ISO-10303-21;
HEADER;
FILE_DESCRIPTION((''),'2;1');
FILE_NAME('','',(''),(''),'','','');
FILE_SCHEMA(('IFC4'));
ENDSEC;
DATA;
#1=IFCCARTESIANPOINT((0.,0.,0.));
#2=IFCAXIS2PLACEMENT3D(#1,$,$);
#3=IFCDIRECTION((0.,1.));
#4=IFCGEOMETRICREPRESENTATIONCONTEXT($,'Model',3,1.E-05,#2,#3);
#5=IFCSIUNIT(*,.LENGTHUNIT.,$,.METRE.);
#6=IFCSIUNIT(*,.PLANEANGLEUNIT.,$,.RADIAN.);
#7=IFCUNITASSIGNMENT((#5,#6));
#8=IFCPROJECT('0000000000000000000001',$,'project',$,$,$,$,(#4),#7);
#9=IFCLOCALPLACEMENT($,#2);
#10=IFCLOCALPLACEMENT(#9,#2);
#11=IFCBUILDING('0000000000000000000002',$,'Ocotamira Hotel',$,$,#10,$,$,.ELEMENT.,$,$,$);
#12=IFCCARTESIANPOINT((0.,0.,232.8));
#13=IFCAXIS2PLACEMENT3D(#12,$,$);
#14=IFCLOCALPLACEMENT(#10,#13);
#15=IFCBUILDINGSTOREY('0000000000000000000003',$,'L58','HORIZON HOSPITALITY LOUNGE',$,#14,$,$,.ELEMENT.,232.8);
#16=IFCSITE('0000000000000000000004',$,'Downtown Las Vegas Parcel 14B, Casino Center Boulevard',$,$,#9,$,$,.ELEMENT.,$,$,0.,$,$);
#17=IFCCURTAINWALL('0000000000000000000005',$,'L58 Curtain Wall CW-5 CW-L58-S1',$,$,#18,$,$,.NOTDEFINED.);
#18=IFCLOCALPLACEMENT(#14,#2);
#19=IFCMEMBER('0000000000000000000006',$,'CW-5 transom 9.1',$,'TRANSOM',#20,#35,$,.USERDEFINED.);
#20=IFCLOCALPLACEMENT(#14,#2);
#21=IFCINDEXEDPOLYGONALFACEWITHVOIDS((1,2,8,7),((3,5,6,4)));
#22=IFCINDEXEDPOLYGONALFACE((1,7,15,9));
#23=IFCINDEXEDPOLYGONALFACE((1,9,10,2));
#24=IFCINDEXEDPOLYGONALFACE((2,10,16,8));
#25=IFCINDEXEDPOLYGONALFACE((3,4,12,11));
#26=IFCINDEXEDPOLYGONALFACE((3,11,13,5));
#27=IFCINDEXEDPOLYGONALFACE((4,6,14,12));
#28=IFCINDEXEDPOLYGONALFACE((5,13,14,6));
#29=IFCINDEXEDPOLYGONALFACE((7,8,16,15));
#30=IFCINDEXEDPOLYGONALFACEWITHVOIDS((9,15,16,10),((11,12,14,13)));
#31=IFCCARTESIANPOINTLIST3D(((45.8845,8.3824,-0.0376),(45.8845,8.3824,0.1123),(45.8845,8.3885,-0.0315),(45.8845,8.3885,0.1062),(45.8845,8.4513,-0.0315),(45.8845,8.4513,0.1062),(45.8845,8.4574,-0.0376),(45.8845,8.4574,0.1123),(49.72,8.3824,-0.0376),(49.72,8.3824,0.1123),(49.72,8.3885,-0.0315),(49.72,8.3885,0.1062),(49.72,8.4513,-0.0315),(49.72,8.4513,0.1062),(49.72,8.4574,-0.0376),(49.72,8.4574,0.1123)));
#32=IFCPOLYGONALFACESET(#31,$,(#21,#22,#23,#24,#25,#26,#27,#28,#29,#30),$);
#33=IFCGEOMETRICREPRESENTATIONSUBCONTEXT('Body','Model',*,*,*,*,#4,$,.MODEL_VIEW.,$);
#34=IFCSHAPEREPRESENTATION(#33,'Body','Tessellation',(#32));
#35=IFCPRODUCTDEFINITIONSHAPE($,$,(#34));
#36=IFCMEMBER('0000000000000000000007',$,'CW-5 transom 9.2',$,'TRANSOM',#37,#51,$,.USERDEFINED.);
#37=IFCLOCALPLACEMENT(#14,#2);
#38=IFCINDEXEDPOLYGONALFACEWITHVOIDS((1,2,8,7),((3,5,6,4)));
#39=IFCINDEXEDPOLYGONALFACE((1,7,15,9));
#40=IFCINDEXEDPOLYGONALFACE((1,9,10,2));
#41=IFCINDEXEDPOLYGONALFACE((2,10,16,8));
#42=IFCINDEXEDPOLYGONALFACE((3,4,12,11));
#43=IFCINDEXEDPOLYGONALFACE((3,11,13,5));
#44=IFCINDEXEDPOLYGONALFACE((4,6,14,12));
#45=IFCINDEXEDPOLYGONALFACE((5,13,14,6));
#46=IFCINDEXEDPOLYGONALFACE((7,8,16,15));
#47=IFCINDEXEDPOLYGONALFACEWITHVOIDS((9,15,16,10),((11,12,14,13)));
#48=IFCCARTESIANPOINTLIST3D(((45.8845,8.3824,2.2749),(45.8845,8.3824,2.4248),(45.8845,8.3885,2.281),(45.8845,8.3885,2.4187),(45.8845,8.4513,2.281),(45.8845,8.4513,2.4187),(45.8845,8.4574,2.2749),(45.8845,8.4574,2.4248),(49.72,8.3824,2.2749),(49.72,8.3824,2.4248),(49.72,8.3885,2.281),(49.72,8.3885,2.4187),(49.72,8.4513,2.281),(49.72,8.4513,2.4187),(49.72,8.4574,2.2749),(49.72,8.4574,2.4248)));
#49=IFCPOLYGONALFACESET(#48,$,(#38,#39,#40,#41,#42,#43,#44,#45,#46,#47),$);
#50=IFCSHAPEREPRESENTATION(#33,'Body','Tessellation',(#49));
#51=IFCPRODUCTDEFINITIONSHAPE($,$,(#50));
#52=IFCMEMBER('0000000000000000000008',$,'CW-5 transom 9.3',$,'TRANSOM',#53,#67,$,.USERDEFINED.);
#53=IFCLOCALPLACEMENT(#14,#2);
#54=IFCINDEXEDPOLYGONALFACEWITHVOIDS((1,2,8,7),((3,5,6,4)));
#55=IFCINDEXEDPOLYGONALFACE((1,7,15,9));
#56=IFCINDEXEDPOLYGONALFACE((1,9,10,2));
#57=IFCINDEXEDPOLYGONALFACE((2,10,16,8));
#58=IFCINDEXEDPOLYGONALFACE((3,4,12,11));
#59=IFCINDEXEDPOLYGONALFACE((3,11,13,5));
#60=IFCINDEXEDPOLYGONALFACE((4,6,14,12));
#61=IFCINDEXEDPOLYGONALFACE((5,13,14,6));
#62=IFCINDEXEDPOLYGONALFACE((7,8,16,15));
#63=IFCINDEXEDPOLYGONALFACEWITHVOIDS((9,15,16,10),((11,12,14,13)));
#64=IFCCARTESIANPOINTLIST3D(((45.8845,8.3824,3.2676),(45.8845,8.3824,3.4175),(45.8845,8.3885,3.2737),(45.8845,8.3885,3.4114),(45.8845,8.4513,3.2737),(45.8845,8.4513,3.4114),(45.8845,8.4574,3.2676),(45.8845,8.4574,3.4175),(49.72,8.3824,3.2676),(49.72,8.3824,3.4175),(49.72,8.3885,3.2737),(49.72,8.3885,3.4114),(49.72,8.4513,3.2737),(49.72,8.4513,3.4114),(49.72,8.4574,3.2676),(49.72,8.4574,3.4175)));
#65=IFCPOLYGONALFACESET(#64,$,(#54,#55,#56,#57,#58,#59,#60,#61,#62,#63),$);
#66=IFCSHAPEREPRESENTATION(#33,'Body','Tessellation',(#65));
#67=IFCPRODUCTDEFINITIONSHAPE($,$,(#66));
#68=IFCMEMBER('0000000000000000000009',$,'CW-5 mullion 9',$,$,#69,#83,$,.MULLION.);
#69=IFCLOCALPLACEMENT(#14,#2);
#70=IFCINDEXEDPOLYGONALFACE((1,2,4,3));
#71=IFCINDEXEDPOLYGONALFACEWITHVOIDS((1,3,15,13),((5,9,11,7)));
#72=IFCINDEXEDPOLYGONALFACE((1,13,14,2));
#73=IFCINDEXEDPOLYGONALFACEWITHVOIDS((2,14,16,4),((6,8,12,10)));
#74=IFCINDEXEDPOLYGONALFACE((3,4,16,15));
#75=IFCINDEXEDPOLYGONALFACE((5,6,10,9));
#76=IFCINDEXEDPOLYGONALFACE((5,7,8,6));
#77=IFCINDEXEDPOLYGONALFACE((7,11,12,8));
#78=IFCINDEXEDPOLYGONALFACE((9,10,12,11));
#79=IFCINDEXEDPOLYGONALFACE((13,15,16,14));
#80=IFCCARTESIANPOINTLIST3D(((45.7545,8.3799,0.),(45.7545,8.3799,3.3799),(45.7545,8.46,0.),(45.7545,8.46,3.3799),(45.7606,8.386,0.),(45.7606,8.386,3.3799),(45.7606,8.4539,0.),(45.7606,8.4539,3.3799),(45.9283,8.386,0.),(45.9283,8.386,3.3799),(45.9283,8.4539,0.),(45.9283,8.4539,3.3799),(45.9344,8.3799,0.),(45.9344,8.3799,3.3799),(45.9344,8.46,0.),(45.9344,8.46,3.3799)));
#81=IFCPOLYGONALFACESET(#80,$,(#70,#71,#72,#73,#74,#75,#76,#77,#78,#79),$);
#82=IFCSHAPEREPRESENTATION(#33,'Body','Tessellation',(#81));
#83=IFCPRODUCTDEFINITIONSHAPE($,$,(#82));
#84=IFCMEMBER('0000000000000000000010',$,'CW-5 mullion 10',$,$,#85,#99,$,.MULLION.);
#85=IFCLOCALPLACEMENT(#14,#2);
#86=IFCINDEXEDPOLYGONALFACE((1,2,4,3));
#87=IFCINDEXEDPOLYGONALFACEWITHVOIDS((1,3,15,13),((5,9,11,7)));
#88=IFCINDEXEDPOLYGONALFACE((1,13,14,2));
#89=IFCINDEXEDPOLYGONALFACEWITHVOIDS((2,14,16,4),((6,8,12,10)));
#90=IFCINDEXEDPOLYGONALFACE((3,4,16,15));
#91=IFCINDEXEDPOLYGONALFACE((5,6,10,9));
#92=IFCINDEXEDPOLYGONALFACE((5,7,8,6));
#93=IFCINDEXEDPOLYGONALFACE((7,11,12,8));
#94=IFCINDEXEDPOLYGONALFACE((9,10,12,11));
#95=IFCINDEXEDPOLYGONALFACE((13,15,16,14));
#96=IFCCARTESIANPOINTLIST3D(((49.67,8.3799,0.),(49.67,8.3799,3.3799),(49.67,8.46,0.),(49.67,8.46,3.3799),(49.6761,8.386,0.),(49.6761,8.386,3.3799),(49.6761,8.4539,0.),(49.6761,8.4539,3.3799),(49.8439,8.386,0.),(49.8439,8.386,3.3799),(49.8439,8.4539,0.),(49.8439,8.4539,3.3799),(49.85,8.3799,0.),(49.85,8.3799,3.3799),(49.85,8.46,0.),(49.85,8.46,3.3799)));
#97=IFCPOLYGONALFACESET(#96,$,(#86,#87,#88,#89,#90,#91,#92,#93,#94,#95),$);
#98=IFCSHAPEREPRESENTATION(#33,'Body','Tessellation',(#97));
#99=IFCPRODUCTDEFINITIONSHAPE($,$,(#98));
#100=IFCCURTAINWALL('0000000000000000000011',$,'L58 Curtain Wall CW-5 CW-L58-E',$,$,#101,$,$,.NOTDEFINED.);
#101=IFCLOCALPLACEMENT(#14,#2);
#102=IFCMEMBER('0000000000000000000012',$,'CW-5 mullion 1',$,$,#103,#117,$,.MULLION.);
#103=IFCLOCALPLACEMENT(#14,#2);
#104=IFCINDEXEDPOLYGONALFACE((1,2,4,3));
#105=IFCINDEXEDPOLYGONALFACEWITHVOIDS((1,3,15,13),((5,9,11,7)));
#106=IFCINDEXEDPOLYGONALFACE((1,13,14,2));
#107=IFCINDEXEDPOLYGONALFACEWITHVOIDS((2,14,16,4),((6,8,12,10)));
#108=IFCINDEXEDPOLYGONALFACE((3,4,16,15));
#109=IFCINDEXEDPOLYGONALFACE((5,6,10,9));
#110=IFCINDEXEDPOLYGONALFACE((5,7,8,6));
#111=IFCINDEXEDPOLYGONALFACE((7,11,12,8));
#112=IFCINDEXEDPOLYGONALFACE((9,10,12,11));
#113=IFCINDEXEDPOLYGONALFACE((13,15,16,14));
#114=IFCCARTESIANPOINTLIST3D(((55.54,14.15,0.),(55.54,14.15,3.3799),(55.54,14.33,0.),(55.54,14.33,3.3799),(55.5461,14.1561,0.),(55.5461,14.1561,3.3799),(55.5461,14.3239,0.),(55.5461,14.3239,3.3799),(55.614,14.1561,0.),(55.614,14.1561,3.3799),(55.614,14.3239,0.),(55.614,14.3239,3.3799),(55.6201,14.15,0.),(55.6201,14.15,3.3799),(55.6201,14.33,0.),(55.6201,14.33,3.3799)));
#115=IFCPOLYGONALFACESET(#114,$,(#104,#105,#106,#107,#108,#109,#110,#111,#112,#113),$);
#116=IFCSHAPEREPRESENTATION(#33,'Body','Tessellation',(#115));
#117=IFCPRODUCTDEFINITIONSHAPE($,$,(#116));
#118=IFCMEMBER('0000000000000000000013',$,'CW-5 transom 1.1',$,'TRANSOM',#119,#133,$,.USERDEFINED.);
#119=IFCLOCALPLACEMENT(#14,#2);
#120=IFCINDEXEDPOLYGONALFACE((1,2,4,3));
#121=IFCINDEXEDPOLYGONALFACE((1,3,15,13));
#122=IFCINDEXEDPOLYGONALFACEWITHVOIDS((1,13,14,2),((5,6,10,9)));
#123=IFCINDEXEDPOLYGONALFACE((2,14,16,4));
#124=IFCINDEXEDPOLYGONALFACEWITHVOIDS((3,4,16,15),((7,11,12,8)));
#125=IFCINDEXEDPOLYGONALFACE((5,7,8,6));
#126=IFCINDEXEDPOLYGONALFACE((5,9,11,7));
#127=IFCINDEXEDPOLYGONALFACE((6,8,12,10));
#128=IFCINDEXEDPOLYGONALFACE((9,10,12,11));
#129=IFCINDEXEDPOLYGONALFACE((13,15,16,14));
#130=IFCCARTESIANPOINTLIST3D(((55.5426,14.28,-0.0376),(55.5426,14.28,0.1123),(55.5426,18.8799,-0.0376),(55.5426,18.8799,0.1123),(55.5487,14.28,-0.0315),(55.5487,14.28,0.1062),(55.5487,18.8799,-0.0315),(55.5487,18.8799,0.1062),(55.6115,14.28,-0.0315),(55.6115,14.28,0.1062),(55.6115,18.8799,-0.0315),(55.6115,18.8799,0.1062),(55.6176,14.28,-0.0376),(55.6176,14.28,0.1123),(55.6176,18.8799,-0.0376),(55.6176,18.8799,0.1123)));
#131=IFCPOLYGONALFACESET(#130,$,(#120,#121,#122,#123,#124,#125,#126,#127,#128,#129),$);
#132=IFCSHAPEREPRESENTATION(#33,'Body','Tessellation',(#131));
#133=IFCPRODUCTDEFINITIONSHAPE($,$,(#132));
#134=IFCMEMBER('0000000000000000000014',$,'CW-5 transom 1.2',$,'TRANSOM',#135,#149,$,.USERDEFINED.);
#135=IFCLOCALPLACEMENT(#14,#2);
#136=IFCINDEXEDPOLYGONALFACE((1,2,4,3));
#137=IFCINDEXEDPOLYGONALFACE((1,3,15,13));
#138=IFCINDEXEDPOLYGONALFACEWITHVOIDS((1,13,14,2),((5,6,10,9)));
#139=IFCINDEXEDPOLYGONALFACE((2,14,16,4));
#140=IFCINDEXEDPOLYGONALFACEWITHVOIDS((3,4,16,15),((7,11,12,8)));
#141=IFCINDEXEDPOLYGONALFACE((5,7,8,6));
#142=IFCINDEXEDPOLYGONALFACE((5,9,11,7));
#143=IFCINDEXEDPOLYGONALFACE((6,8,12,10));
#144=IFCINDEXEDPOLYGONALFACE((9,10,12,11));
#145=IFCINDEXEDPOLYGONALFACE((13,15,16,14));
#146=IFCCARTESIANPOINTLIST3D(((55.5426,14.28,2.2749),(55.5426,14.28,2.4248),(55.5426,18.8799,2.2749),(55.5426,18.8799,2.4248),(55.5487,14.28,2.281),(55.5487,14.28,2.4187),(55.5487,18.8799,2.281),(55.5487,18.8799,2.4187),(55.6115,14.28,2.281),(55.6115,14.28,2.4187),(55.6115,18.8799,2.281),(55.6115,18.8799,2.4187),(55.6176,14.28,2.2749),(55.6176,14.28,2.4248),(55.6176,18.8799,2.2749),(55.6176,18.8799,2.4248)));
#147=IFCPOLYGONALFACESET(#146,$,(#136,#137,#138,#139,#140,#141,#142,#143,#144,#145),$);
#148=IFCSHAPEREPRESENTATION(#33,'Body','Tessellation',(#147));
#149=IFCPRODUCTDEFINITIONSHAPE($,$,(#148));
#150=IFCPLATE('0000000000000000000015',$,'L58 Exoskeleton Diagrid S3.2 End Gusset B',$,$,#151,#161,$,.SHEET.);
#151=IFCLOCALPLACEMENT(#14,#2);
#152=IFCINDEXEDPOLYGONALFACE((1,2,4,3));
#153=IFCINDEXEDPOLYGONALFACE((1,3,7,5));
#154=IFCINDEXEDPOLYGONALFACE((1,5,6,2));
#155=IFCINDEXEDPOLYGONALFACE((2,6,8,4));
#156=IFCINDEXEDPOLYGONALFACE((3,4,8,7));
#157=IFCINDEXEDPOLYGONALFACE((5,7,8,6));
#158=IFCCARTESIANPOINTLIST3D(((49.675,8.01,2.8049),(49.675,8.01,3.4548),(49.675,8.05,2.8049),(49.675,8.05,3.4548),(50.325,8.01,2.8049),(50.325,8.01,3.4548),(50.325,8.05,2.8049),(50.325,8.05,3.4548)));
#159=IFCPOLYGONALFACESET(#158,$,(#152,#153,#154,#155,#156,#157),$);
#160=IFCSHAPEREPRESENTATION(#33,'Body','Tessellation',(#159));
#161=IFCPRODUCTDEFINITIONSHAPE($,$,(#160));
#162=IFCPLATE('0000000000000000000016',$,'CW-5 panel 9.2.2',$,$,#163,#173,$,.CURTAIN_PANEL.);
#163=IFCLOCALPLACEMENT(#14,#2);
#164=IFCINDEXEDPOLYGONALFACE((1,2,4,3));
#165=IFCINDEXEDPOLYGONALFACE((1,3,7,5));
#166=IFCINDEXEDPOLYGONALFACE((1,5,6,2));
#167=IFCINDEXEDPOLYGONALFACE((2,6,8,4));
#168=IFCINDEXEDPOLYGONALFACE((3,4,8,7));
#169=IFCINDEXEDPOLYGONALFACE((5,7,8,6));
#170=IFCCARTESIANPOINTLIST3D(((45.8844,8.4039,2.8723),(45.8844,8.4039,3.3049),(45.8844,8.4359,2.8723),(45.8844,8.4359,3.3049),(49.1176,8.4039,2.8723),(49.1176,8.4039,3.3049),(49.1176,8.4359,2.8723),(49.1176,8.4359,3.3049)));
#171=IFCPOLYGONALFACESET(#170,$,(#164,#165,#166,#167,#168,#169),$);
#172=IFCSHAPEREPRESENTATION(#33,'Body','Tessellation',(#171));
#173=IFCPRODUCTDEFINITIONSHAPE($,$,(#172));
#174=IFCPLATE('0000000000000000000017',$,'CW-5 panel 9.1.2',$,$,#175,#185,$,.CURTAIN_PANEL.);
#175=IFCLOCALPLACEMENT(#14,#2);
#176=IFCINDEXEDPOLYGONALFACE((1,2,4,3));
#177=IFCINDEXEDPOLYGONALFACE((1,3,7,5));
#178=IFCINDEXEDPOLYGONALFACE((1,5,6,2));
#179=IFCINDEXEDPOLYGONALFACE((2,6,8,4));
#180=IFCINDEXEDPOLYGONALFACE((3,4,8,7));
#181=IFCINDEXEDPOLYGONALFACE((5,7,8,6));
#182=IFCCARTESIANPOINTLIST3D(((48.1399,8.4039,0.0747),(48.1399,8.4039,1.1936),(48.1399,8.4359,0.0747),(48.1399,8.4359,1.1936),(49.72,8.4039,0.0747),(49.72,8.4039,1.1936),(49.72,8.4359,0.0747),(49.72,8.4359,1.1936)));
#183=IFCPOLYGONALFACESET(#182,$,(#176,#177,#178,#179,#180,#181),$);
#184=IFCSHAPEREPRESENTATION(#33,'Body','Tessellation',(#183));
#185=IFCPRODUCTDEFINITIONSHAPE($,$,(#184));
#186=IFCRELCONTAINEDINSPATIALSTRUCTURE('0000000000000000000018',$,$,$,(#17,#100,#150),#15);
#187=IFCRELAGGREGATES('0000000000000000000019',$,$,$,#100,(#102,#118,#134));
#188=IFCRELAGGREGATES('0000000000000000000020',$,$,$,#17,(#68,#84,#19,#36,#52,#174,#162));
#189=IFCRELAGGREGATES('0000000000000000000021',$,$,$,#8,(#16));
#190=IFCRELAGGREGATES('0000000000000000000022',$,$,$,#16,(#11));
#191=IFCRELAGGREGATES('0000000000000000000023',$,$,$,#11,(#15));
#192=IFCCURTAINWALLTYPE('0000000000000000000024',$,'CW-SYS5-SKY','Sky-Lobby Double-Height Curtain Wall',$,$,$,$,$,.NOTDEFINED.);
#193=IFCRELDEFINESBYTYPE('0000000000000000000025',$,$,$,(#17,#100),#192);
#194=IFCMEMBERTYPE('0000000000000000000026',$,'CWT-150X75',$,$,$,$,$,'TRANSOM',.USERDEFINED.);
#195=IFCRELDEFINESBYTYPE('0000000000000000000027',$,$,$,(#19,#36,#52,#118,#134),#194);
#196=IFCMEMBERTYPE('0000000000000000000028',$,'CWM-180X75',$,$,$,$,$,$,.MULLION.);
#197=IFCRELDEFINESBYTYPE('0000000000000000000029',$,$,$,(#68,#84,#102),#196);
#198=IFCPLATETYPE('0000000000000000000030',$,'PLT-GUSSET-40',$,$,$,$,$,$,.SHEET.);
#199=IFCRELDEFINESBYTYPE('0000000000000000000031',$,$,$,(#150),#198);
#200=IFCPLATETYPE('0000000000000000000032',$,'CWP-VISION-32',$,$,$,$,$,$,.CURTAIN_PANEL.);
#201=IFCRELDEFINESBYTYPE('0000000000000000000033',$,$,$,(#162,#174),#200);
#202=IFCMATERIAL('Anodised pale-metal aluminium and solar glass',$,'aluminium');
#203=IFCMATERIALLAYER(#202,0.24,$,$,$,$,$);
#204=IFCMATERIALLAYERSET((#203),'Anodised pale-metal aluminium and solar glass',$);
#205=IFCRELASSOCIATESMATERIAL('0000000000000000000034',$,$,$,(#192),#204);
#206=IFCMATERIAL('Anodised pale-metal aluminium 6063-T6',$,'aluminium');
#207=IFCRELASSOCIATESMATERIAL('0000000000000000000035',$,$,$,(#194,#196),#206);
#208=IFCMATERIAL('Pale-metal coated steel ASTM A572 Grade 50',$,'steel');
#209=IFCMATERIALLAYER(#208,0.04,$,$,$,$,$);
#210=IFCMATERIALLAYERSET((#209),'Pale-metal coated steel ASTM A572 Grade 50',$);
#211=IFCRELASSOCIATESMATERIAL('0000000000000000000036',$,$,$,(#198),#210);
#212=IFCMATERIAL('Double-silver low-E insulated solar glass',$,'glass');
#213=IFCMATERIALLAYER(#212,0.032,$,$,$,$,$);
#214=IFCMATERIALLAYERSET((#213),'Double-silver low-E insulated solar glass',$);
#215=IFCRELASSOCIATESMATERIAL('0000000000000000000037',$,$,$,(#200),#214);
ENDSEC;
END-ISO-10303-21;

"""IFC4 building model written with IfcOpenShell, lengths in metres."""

from ifc_helpers import new_model, si_unit, direction, frame, origin, origin_2d, place, context, subcontext, project, spatial, rectangle, hollow_rectangle, extrude, source, transform, mapped, material, layer, layer_set, material_profile, profile_set, type_object, element, aggregate, save


model = new_model("IFC4")

# Units and contexts
model_context = context("Model", 3, precision=1e-05, world=origin(), true_north=direction((0.0, 1.0)))
body_context = subcontext(model_context, "Body", "Model", "MODEL_VIEW")
ifc_project = project(units=[si_unit("LENGTHUNIT", "METRE"), si_unit("PLANEANGLEUNIT", "RADIAN")], contexts=[model_context])

# Site, building, storey
site_placement = place(None, origin())
site = spatial("IfcSite", under=ifc_project, at=site_placement, Name="Downtown Las Vegas Parcel 14B, Casino Center Boulevard", CompositionType="ELEMENT", RefElevation=0.0)
building_placement = place(site_placement, origin())
building = spatial("IfcBuilding", under=site, at=building_placement, Name="Ocotamira Hotel", CompositionType="ELEMENT")
storey_placement = place(building_placement, frame((0.0, 0.0, 232.8)))
storey = spatial("IfcBuildingStorey", under=building, at=storey_placement, Name="L58", Description="HORIZON HOSPITALITY LOUNGE", CompositionType="ELEMENT", Elevation=232.8)

# Curtain walls, members
ifc_material_1 = material(Name="Anodised pale-metal aluminium and solar glass", Category="aluminium")
ifc_layer_1 = layer(ifc_material_1, 0.24)
ifc_layer_set_1 = layer_set([ifc_layer_1], Name="Anodised pale-metal aluminium and solar glass")
curtain_wall_type = type_object("IfcCurtainWallType", Name="CW-SYS5-SKY", Description="Sky-Lobby Double-Height Curtain Wall", PredefinedType="NOTDEFINED", material=ifc_layer_set_1)
curtain_wall_1_placement = place(storey_placement, origin())
curtain_wall_1 = element("IfcCurtainWall", 1, at=curtain_wall_1_placement, inside=storey, type_object=curtain_wall_type, Name="L58 Curtain Wall CW-5 CW-L58-S1", PredefinedType="NOTDEFINED")
ifc_material_2 = material(Name="Anodised pale-metal aluminium 6063-T6", Category="aluminium")
ifc_material_profile_1 = material_profile(ifc_material_2, hollow_rectangle(XDim=0.075, YDim=0.1499, WallThickness=0.0061, at=origin_2d()), Name="HSS150X75X6")
ifc_profile_set_1 = profile_set([ifc_material_profile_1], Name="Anodised pale-metal aluminium 6063-T6")
member_type_1 = type_object("IfcMemberType", Name="CWT-150X75", ElementType="TRANSOM", PredefinedType="USERDEFINED", material=ifc_profile_set_1)
shared_shape_1 = source(origin(), body_context, "Body", "SweptSolid", [
    extrude(hollow_rectangle(XDim=0.075, YDim=0.1499, WallThickness=0.0061, at=origin_2d()), origin(), (0.0, 0.0, 1.0), 3.8354),
])
member_1_placement = place(storey_placement, frame((45.8845, 8.4199, 0.0374), z_axis=(1.0, 0.0, 0.0), x_axis=(0.0, 1.0, 0.0)))
member_1 = element("IfcMember", 2, at=member_1_placement, type_object=member_type_1, Name="CW-5 transom 9.1", ObjectType="TRANSOM", PredefinedType="USERDEFINED", context=body_context, shape_type="MappedRepresentation", body=[
    mapped(shared_shape_1, transform((0.0, 0.0, 0.0), scale=1.0)),
])
member_2_placement = place(storey_placement, frame((45.8845, 8.4199, 2.3499), z_axis=(1.0, 0.0, 0.0), x_axis=(0.0, 1.0, 0.0)))
member_2 = element("IfcMember", 3, at=member_2_placement, type_object=member_type_1, Name="CW-5 transom 9.2", ObjectType="TRANSOM", PredefinedType="USERDEFINED", context=body_context, shape_type="MappedRepresentation", body=[
    mapped(shared_shape_1, transform((0.0, 0.0, 0.0), scale=1.0)),
])
member_3_placement = place(storey_placement, frame((45.8845, 8.4199, 3.3425), z_axis=(1.0, 0.0, 0.0), x_axis=(0.0, 1.0, 0.0)))
member_3 = element("IfcMember", 4, at=member_3_placement, type_object=member_type_1, Name="CW-5 transom 9.3", ObjectType="TRANSOM", PredefinedType="USERDEFINED", context=body_context, shape_type="MappedRepresentation", body=[
    mapped(shared_shape_1, transform((0.0, 0.0, 0.0), scale=1.0)),
])
ifc_material_profile_2 = material_profile(ifc_material_2, hollow_rectangle(XDim=0.0801, YDim=0.1799, WallThickness=0.0061, at=origin_2d()), Name="HSS180X80X6")
ifc_profile_set_2 = profile_set([ifc_material_profile_2], Name="Anodised pale-metal aluminium 6063-T6")
member_type_2 = type_object("IfcMemberType", Name="CWM-180X75", PredefinedType="MULLION", material=ifc_profile_set_2)
shared_shape_2 = source(origin(), body_context, "Body", "SweptSolid", [
    extrude(hollow_rectangle(XDim=0.0801, YDim=0.1799, WallThickness=0.0061, at=origin_2d()), origin(), (0.0, 0.0, 1.0), 3.3799),
])
member_4_placement = place(storey_placement, frame((45.8445, 8.4199, 0.0), z_axis=(0.0, 0.0, 1.0), x_axis=(0.0, 1.0, 0.0)))
member_4 = element("IfcMember", 5, at=member_4_placement, type_object=member_type_2, Name="CW-5 mullion 9", PredefinedType="MULLION", context=body_context, shape_type="MappedRepresentation", body=[
    mapped(shared_shape_2, transform((0.0, 0.0, 0.0), scale=1.0)),
])
member_5_placement = place(storey_placement, frame((49.76, 8.4199, 0.0), z_axis=(0.0, 0.0, 1.0), x_axis=(0.0, 1.0, 0.0)))
member_5 = element("IfcMember", 6, at=member_5_placement, type_object=member_type_2, Name="CW-5 mullion 10", PredefinedType="MULLION", context=body_context, shape_type="MappedRepresentation", body=[
    mapped(shared_shape_2, transform((0.0, 0.0, 0.0), scale=1.0)),
])
curtain_wall_2_placement = place(storey_placement, origin())
curtain_wall_2 = element("IfcCurtainWall", 7, at=curtain_wall_2_placement, inside=storey, type_object=curtain_wall_type, Name="L58 Curtain Wall CW-5 CW-L58-E", PredefinedType="NOTDEFINED")
member_6_placement = place(storey_placement, frame((55.5801, 14.24, 0.0), z_axis=(0.0, 0.0, 1.0), x_axis=(-1.0, 0.0, 0.0)))
member_6 = element("IfcMember", 8, at=member_6_placement, type_object=member_type_2, Name="CW-5 mullion 1", PredefinedType="MULLION", context=body_context, shape_type="MappedRepresentation", body=[
    mapped(shared_shape_2, transform((0.0, 0.0, 0.0), scale=1.0)),
])
shared_shape_3 = source(origin(), body_context, "Body", "SweptSolid", [
    extrude(hollow_rectangle(XDim=0.075, YDim=0.1499, WallThickness=0.0061, at=origin_2d()), origin(), (0.0, 0.0, 1.0), 4.5999),
])
member_7_placement = place(storey_placement, frame((55.5801, 14.28, 0.0374), z_axis=(0.0, 1.0, 0.0), x_axis=(-1.0, 0.0, 0.0)))
member_7 = element("IfcMember", 9, at=member_7_placement, type_object=member_type_1, Name="CW-5 transom 1.1", ObjectType="TRANSOM", PredefinedType="USERDEFINED", context=body_context, shape_type="MappedRepresentation", body=[
    mapped(shared_shape_3, transform((0.0, 0.0, 0.0), scale=1.0)),
])
member_8_placement = place(storey_placement, frame((55.5801, 14.28, 2.3499), z_axis=(0.0, 1.0, 0.0), x_axis=(-1.0, 0.0, 0.0)))
member_8 = element("IfcMember", 10, at=member_8_placement, type_object=member_type_1, Name="CW-5 transom 1.2", ObjectType="TRANSOM", PredefinedType="USERDEFINED", context=body_context, shape_type="MappedRepresentation", body=[
    mapped(shared_shape_3, transform((0.0, 0.0, 0.0), scale=1.0)),
])
aggregate(curtain_wall_2, [member_6, member_7, member_8])

# Plates
ifc_material_3 = material(Name="Pale-metal coated steel ASTM A572 Grade 50", Category="steel")
ifc_layer_2 = layer(ifc_material_3, 0.04)
ifc_layer_set_2 = layer_set([ifc_layer_2], Name="Pale-metal coated steel ASTM A572 Grade 50")
plate_type_1 = type_object("IfcPlateType", Name="PLT-GUSSET-40", PredefinedType="SHEET", material=ifc_layer_set_2)
shared_shape_4 = source(origin(), body_context, "Body", "SweptSolid", [
    extrude(rectangle(XDim=0.6499, YDim=0.04, at=origin_2d()), origin(), (0.0, 0.0, 1.0), 0.6499),
])
plate_1_placement = place(storey_placement, frame((50.0, 8.03, 2.8049), z_axis=(0.0, 0.0, 1.0), x_axis=(1.0, 0.0, 0.0)))
element("IfcPlate", 11, at=plate_1_placement, inside=storey, type_object=plate_type_1, Name="L58 Exoskeleton Diagrid S3.2 End Gusset B", PredefinedType="SHEET", context=body_context, shape_type="MappedRepresentation", body=[
    mapped(shared_shape_4, transform((0.0, 0.0, 0.0), scale=1.0)),
])
ifc_material_4 = material(Name="Double-silver low-E insulated solar glass", Category="glass")
ifc_layer_3 = layer(ifc_material_4, 0.032)
ifc_layer_set_3 = layer_set([ifc_layer_3], Name="Double-silver low-E insulated solar glass")
plate_type_2 = type_object("IfcPlateType", Name="CWP-VISION-32", PredefinedType="CURTAIN_PANEL", material=ifc_layer_set_3)
shared_shape_5 = source(origin(), body_context, "Body", "SweptSolid", [
    extrude(rectangle(XDim=3.2332, YDim=0.032, at=origin_2d()), origin(), (0.0, 0.0, 1.0), 0.4326),
])
plate_2_placement = place(storey_placement, frame((47.501, 8.4199, 2.8723), z_axis=(0.0, 0.0, 1.0), x_axis=(1.0, 0.0, 0.0)))
plate_2 = element("IfcPlate", 12, at=plate_2_placement, type_object=plate_type_2, Name="CW-5 panel 9.2.2", PredefinedType="CURTAIN_PANEL", context=body_context, shape_type="MappedRepresentation", body=[
    mapped(shared_shape_5, transform((0.0, 0.0, 0.0), scale=1.0)),
])
shared_shape_6 = source(origin(), body_context, "Body", "SweptSolid", [
    extrude(rectangle(XDim=1.5801, YDim=0.032, at=origin_2d()), origin(), (0.0, 0.0, 1.0), 1.1189),
])
plate_3_placement = place(storey_placement, frame((48.9299, 8.4199, 0.0747), z_axis=(0.0, 0.0, 1.0), x_axis=(1.0, 0.0, 0.0)))
plate_3 = element("IfcPlate", 13, at=plate_3_placement, type_object=plate_type_2, Name="CW-5 panel 9.1.2", PredefinedType="CURTAIN_PANEL", context=body_context, shape_type="MappedRepresentation", body=[
    mapped(shared_shape_6, transform((0.0, 0.0, 0.0), scale=1.0)),
])
aggregate(curtain_wall_1, [member_4, member_5, member_1, member_2, member_3, plate_3, plate_2])

save(model, "model.ifc")
